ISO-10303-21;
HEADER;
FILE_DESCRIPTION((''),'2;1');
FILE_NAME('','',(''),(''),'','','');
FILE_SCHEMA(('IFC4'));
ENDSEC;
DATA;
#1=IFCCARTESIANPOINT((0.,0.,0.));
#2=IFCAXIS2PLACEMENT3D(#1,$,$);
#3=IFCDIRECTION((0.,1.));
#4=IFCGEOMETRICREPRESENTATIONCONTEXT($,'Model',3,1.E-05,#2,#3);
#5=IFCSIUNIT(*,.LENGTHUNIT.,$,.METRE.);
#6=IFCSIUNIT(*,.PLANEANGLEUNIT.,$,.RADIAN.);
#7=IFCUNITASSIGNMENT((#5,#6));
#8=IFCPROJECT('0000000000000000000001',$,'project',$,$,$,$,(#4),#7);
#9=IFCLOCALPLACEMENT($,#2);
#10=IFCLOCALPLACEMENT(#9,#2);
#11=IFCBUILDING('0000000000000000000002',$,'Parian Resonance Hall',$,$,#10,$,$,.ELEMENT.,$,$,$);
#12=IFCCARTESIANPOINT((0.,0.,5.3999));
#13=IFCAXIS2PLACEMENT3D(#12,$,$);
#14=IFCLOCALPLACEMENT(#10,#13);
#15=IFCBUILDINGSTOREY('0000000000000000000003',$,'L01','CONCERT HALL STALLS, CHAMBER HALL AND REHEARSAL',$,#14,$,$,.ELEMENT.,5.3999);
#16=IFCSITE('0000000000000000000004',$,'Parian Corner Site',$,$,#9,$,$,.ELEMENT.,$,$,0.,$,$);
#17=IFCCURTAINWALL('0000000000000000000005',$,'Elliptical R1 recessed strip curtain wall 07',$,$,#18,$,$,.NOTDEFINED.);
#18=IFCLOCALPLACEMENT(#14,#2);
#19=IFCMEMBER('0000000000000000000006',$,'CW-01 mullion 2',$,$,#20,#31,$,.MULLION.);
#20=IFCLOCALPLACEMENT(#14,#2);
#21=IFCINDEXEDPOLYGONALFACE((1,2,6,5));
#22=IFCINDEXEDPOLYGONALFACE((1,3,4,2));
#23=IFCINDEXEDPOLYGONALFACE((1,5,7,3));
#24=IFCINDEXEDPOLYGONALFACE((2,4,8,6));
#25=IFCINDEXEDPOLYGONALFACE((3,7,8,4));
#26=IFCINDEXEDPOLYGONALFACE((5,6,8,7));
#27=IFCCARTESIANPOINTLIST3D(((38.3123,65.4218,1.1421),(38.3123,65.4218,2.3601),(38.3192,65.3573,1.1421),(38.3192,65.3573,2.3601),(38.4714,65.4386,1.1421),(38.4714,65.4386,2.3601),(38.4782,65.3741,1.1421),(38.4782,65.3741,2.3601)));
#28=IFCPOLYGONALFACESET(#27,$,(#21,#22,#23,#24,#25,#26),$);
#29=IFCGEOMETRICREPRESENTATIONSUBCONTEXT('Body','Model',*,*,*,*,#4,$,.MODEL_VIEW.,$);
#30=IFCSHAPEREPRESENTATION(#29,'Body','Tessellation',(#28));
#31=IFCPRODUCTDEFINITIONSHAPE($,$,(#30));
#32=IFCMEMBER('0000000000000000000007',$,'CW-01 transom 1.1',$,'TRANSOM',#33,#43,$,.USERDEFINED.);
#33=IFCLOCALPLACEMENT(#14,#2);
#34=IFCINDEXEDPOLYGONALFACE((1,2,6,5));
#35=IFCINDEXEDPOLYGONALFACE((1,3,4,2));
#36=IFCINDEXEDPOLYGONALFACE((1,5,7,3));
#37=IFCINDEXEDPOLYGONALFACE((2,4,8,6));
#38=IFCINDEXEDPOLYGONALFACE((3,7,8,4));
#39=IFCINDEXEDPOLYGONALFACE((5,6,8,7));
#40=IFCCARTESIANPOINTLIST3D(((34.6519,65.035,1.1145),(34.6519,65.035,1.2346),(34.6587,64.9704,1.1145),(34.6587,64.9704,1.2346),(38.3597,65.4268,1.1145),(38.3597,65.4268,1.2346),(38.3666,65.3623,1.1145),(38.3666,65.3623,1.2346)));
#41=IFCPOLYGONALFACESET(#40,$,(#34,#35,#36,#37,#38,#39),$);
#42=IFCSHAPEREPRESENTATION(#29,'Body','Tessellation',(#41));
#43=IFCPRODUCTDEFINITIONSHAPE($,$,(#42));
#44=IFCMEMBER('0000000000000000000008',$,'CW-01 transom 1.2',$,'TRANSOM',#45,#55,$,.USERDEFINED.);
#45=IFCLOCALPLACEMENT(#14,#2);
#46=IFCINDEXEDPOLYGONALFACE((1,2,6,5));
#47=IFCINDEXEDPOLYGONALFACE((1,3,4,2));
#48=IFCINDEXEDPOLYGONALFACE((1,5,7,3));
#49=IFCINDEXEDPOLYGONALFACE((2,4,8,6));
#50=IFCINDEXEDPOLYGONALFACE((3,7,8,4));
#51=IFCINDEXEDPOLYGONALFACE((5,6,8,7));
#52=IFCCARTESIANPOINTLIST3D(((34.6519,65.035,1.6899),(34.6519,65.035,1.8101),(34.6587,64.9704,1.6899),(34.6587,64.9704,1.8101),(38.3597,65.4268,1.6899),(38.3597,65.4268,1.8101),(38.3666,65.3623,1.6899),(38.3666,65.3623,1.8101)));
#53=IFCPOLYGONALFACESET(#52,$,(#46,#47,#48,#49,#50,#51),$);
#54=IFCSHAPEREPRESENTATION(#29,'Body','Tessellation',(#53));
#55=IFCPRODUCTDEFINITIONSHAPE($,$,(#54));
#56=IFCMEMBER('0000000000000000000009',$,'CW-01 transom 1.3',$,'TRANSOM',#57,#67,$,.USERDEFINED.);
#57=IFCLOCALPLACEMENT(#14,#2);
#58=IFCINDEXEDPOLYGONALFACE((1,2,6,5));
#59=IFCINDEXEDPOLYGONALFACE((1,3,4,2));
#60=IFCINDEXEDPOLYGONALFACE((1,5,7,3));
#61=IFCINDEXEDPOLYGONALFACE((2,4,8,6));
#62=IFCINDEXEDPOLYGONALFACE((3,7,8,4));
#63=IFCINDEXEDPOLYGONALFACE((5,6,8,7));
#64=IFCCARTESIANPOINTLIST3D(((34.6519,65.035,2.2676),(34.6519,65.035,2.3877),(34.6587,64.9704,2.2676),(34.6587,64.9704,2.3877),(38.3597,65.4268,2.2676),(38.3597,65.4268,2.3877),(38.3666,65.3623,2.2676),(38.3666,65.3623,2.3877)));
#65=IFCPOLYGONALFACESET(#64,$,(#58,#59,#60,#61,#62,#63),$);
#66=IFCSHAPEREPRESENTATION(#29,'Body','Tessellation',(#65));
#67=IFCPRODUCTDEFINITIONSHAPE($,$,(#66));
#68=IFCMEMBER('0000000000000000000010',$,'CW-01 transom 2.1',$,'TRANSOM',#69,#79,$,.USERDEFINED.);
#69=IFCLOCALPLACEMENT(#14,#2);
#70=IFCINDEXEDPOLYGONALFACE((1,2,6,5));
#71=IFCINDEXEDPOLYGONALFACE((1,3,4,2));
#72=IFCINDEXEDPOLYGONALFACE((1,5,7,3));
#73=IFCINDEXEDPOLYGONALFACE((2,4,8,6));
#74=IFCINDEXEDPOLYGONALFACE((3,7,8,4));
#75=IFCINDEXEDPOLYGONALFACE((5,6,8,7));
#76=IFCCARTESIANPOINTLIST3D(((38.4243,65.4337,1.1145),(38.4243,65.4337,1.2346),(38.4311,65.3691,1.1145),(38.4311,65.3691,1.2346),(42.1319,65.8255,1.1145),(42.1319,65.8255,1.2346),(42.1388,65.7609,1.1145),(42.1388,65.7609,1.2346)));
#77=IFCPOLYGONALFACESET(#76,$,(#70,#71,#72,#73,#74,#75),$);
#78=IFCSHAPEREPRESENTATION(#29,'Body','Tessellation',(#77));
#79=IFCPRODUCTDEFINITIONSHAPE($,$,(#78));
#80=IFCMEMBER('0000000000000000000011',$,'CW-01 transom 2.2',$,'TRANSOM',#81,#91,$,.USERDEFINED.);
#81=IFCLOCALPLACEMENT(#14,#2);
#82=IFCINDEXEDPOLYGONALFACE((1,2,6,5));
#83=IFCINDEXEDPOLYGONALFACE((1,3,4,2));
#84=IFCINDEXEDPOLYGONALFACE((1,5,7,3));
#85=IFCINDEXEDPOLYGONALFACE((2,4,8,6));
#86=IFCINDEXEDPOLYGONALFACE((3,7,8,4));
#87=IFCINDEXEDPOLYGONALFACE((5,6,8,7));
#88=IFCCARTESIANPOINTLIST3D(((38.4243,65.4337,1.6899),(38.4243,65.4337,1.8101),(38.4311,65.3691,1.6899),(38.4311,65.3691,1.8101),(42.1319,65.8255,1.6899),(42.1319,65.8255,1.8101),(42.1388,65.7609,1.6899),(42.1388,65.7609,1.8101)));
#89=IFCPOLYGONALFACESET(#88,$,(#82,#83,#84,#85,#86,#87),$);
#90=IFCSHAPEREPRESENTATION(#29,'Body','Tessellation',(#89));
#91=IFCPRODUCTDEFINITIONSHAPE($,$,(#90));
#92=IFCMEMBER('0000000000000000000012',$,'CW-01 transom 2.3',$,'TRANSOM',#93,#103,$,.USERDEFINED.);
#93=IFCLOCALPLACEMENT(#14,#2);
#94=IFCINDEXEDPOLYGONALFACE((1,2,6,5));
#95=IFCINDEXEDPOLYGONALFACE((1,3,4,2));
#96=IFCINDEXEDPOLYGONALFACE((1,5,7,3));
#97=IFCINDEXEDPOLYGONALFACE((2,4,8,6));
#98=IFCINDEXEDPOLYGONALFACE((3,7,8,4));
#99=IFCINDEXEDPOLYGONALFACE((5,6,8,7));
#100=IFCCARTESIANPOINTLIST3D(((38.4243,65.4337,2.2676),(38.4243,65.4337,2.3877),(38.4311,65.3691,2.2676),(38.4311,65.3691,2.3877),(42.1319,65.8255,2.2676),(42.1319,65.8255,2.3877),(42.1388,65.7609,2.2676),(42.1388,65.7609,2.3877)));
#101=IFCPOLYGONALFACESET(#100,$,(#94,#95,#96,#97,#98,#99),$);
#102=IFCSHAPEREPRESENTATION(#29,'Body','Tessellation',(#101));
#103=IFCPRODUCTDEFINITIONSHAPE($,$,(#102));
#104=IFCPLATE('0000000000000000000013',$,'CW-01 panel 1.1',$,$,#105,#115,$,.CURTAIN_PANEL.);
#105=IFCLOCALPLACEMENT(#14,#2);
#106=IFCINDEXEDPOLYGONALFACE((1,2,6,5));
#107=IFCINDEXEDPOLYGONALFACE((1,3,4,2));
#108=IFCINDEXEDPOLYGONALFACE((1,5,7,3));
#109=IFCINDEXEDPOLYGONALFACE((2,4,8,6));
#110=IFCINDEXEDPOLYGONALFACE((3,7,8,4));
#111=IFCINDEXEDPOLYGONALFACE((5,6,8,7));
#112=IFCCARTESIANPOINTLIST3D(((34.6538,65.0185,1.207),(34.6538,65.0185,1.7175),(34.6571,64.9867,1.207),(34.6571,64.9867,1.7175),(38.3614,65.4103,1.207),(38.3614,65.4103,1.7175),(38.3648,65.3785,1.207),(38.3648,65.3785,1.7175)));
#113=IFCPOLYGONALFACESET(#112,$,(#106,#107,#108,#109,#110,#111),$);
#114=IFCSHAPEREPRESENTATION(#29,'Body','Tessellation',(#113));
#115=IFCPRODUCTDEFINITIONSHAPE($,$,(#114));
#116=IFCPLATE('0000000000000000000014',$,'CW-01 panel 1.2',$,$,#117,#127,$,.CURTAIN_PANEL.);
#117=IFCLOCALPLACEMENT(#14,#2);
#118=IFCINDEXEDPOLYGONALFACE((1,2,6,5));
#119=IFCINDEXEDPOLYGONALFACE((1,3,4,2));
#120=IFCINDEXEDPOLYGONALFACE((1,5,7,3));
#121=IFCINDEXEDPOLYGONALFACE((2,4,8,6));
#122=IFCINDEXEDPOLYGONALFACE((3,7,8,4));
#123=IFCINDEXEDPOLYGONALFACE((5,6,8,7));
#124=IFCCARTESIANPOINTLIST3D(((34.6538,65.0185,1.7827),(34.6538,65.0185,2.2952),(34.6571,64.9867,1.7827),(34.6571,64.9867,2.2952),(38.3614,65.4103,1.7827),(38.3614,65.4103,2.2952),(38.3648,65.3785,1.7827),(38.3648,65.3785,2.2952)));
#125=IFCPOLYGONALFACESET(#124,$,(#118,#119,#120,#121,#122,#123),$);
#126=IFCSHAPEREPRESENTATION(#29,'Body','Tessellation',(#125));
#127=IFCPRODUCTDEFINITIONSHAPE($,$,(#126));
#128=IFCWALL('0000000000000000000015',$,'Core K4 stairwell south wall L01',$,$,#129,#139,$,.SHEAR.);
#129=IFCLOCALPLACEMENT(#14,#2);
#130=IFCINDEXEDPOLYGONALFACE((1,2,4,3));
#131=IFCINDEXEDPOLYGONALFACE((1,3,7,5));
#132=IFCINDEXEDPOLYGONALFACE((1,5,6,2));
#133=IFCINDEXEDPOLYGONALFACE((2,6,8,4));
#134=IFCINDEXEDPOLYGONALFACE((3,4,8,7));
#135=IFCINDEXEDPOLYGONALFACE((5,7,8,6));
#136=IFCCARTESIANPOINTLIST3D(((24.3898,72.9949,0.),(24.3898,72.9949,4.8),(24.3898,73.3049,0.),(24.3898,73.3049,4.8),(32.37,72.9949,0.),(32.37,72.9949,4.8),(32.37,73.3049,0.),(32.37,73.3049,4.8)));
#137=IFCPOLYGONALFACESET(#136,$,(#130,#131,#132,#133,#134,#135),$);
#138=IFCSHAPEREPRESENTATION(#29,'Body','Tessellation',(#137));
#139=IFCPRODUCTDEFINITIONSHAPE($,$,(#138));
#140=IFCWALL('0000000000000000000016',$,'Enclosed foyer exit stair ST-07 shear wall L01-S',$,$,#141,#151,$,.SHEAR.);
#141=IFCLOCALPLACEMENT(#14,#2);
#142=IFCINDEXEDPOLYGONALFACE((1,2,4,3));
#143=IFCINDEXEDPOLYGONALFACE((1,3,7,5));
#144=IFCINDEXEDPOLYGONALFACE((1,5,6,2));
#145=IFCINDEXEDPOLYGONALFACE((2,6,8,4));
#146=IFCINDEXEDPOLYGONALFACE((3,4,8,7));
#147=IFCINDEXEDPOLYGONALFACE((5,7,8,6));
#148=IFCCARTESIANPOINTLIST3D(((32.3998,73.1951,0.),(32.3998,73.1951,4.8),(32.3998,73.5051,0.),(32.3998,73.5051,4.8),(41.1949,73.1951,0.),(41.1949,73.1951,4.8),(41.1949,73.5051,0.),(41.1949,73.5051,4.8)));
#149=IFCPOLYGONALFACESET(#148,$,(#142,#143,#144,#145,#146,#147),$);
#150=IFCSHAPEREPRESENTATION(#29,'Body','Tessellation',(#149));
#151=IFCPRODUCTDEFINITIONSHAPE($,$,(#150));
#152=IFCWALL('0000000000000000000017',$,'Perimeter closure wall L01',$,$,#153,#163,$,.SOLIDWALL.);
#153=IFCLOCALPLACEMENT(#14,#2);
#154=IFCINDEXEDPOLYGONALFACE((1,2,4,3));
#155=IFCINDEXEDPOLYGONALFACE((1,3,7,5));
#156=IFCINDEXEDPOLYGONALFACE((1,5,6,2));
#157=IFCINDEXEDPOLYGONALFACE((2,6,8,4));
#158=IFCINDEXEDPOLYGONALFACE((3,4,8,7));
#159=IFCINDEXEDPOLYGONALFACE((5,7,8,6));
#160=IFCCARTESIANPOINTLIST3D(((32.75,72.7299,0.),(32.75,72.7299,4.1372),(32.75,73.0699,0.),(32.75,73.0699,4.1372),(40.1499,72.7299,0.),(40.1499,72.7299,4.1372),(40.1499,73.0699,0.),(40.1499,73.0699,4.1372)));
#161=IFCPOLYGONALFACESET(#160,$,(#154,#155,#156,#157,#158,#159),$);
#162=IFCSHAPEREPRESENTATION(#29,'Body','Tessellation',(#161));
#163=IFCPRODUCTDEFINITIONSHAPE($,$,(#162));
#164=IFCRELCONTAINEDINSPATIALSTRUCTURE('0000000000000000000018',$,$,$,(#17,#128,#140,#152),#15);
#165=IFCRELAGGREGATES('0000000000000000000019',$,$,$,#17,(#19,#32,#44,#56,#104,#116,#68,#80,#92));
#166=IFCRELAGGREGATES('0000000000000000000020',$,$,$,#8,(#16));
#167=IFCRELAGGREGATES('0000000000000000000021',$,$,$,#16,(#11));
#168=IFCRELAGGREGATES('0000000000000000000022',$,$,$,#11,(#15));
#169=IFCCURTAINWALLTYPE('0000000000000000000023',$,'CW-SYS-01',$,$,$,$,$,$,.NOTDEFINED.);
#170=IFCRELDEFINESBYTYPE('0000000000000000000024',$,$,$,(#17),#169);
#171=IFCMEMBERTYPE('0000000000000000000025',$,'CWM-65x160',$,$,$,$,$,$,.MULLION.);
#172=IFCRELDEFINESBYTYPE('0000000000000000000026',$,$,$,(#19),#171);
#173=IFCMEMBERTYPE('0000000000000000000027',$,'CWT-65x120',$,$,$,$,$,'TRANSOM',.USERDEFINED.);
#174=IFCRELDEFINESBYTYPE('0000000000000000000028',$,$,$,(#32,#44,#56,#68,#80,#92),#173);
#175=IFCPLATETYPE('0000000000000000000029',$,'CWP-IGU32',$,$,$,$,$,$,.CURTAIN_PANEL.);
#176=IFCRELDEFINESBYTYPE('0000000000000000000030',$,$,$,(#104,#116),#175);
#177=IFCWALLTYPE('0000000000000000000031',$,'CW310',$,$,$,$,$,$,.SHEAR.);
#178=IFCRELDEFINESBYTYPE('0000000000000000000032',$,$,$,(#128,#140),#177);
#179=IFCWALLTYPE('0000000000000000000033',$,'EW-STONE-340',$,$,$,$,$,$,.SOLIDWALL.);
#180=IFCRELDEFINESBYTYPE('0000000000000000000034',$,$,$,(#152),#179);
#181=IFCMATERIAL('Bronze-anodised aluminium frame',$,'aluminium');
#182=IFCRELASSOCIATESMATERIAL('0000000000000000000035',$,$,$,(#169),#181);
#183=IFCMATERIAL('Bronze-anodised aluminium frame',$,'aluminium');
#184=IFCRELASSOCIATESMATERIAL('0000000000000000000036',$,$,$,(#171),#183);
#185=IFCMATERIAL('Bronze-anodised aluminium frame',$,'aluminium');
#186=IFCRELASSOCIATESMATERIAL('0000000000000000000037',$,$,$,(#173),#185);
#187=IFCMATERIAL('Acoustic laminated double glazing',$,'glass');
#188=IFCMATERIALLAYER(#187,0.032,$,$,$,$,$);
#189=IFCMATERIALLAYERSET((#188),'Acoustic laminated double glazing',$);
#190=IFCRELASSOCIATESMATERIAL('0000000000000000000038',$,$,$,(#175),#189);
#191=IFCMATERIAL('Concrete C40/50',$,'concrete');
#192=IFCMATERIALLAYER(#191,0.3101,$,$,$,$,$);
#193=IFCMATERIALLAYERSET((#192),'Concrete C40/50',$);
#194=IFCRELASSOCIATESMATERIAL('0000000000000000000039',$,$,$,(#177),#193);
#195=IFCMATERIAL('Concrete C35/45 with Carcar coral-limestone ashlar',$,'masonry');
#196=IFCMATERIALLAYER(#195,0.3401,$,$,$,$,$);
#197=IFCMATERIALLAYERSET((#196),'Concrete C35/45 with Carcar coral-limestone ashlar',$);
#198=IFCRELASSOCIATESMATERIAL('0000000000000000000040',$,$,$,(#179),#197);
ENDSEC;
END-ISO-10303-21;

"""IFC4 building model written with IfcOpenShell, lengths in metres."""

from ifc_helpers import new_model, si_unit, direction, frame, frame_2d, origin, origin_2d, place, context, subcontext, project, spatial, rectangle, extrude, material, layer, layer_set, material_profile, profile_set, type_object, element, aggregate, save


model = new_model("IFC4")

# Units and contexts
model_context = context("Model", 3, precision=1e-05, world=origin(), true_north=direction((0.0, 1.0)))
body_context = subcontext(model_context, "Body", "Model", "MODEL_VIEW")
ifc_project = project(units=[si_unit("LENGTHUNIT", "METRE"), si_unit("PLANEANGLEUNIT", "RADIAN")], contexts=[model_context])

# Site, building, storey
site_placement = place(None, origin())
site = spatial("IfcSite", under=ifc_project, at=site_placement, Name="Parian Corner Site", CompositionType="ELEMENT", RefElevation=0.0)
building_placement = place(site_placement, origin())
building = spatial("IfcBuilding", under=site, at=building_placement, Name="Parian Resonance Hall", CompositionType="ELEMENT")
storey_placement = place(building_placement, frame((0.0, 0.0, 5.3999)))
storey = spatial("IfcBuildingStorey", under=building, at=storey_placement, Name="L01", Description="CONCERT HALL STALLS, CHAMBER HALL AND REHEARSAL", CompositionType="ELEMENT", Elevation=5.3999)

# Curtain wall, members, plates
ifc_material_1 = material(Name="Bronze-anodised aluminium frame", Category="aluminium")
curtain_wall_type = type_object("IfcCurtainWallType", Name="CW-SYS-01", PredefinedType="NOTDEFINED", material=ifc_material_1)
curtain_wall_placement = place(storey_placement, origin())
curtain_wall = element("IfcCurtainWall", 1, at=curtain_wall_placement, inside=storey, type_object=curtain_wall_type, Name="Elliptical R1 recessed strip curtain wall 07", PredefinedType="NOTDEFINED")
ifc_material_2 = material(Name="Bronze-anodised aluminium frame", Category="aluminium")
ifc_material_profile_1 = material_profile(ifc_material_2, rectangle(XDim=0.0649, YDim=0.1599, at=origin_2d()), Name="CWM-65x160")
ifc_profile_set_1 = profile_set([ifc_material_profile_1], Name="Bronze-anodised aluminium frame")
member_type_1 = type_object("IfcMemberType", Name="CWM-65x160", PredefinedType="MULLION", material=ifc_profile_set_1)
member_1_placement = place(storey_placement, frame((38.3953, 65.3979, 1.1421), z_axis=(0.0, 0.0, 1.0), x_axis=(-0.105101, 0.994462, 0.0)))
member_1 = element("IfcMember", 2, at=member_1_placement, type_object=member_type_1, Name="CW-01 mullion 2", PredefinedType="MULLION", context=body_context, shape_type="SweptSolid", body=[
    extrude(rectangle(XDim=0.0649, YDim=0.1599, at=origin_2d()), origin(), (0.0, 0.0, 1.0), 1.218),
])
ifc_material_3 = material(Name="Bronze-anodised aluminium frame", Category="aluminium")
ifc_material_profile_2 = material_profile(ifc_material_3, rectangle(XDim=0.0649, YDim=0.1201, at=origin_2d()), Name="CWT-65x120")
ifc_profile_set_2 = profile_set([ifc_material_profile_2], Name="Bronze-anodised aluminium frame")
member_type_2 = type_object("IfcMemberType", Name="CWT-65x120", ElementType="TRANSOM", PredefinedType="USERDEFINED", material=ifc_profile_set_2)
member_2_placement = place(storey_placement, frame((34.6553, 65.0027, 1.1746), z_axis=(0.994462, 0.105097, 0.0), x_axis=(-0.105097, 0.994462, 0.0)))
member_2 = element("IfcMember", 3, at=member_2_placement, type_object=member_type_2, Name="CW-01 transom 1.1", ObjectType="TRANSOM", PredefinedType="USERDEFINED", context=body_context, shape_type="SweptSolid", body=[
    extrude(rectangle(XDim=0.0649, YDim=0.1201, at=origin_2d()), origin(), (0.0, 0.0, 1.0), 3.7285),
])
member_3_placement = place(storey_placement, frame((34.6553, 65.0027, 1.75), z_axis=(0.994462, 0.105097, 0.0), x_axis=(-0.105097, 0.994462, 0.0)))
member_3 = element("IfcMember", 4, at=member_3_placement, type_object=member_type_2, Name="CW-01 transom 1.2", ObjectType="TRANSOM", PredefinedType="USERDEFINED", context=body_context, shape_type="SweptSolid", body=[
    extrude(rectangle(XDim=0.0649, YDim=0.1201, at=origin_2d()), origin(), (0.0, 0.0, 1.0), 3.7285),
])
member_4_placement = place(storey_placement, frame((34.6553, 65.0027, 2.3276), z_axis=(0.994462, 0.105097, 0.0), x_axis=(-0.105097, 0.994462, 0.0)))
member_4 = element("IfcMember", 5, at=member_4_placement, type_object=member_type_2, Name="CW-01 transom 1.3", ObjectType="TRANSOM", PredefinedType="USERDEFINED", context=body_context, shape_type="SweptSolid", body=[
    extrude(rectangle(XDim=0.0649, YDim=0.1201, at=origin_2d()), origin(), (0.0, 0.0, 1.0), 3.7285),
])
member_5_placement = place(storey_placement, frame((38.4277, 65.4014, 1.1746), z_axis=(0.994461, 0.105104, 0.0), x_axis=(-0.105104, 0.994461, 0.0)))
member_5 = element("IfcMember", 6, at=member_5_placement, type_object=member_type_2, Name="CW-01 transom 2.1", ObjectType="TRANSOM", PredefinedType="USERDEFINED", context=body_context, shape_type="SweptSolid", body=[
    extrude(rectangle(XDim=0.0649, YDim=0.1201, at=origin_2d()), origin(), (0.0, 0.0, 1.0), 3.7283),
])
member_6_placement = place(storey_placement, frame((38.4277, 65.4014, 1.75), z_axis=(0.994461, 0.105104, 0.0), x_axis=(-0.105104, 0.994461, 0.0)))
member_6 = element("IfcMember", 7, at=member_6_placement, type_object=member_type_2, Name="CW-01 transom 2.2", ObjectType="TRANSOM", PredefinedType="USERDEFINED", context=body_context, shape_type="SweptSolid", body=[
    extrude(rectangle(XDim=0.0649, YDim=0.1201, at=origin_2d()), origin(), (0.0, 0.0, 1.0), 3.7283),
])
member_7_placement = place(storey_placement, frame((38.4277, 65.4014, 2.3276), z_axis=(0.994461, 0.105104, 0.0), x_axis=(-0.105104, 0.994461, 0.0)))
member_7 = element("IfcMember", 8, at=member_7_placement, type_object=member_type_2, Name="CW-01 transom 2.3", ObjectType="TRANSOM", PredefinedType="USERDEFINED", context=body_context, shape_type="SweptSolid", body=[
    extrude(rectangle(XDim=0.0649, YDim=0.1201, at=origin_2d()), origin(), (0.0, 0.0, 1.0), 3.7283),
])
ifc_material_4 = material(Name="Acoustic laminated double glazing", Category="glass")
ifc_layer_1 = layer(ifc_material_4, 0.032)
ifc_layer_set_1 = layer_set([ifc_layer_1], Name="Acoustic laminated double glazing")
plate_type = type_object("IfcPlateType", Name="CWP-IGU32", PredefinedType="CURTAIN_PANEL", material=ifc_layer_set_1)
plate_1_placement = place(storey_placement, frame((36.5093, 65.1985, 1.207), z_axis=(0.0, 0.0, 1.0), x_axis=(0.994462, 0.105101, 0.0)))
plate_1 = element("IfcPlate", 9, at=plate_1_placement, type_object=plate_type, Name="CW-01 panel 1.1", PredefinedType="CURTAIN_PANEL", context=body_context, shape_type="SweptSolid", body=[
    extrude(rectangle(XDim=3.7283, YDim=0.032, at=origin_2d()), origin(), (0.0, 0.0, 1.0), 0.5105),
])
plate_2_placement = place(storey_placement, frame((36.5093, 65.1985, 1.7827), z_axis=(0.0, 0.0, 1.0), x_axis=(0.994462, 0.105101, 0.0)))
plate_2 = element("IfcPlate", 10, at=plate_2_placement, type_object=plate_type, Name="CW-01 panel 1.2", PredefinedType="CURTAIN_PANEL", context=body_context, shape_type="SweptSolid", body=[
    extrude(rectangle(XDim=3.7283, YDim=0.032, at=origin_2d()), origin(), (0.0, 0.0, 1.0), 0.5125),
])
aggregate(curtain_wall, [member_1, member_2, member_3, member_4, plate_1, plate_2, member_5, member_6, member_7])

# Walls
ifc_material_5 = material(Name="Concrete C40/50", Category="concrete")
ifc_layer_2 = layer(ifc_material_5, 0.3101)
ifc_layer_set_2 = layer_set([ifc_layer_2], Name="Concrete C40/50")
wall_type_1 = type_object("IfcWallType", Name="CW310", PredefinedType="SHEAR", material=ifc_layer_set_2)
wall_1_placement = place(storey_placement, frame((32.3701, 73.1499, 0.0), z_axis=(0.0, 0.0, 1.0), x_axis=(-1.0, 0.0, 0.0)))
element("IfcWall", 11, at=wall_1_placement, inside=storey, type_object=wall_type_1, Name="Core K4 stairwell south wall L01", PredefinedType="SHEAR", context=body_context, shape_type="SweptSolid", body=[
    extrude(rectangle(XDim=7.9802, YDim=0.3101, at=frame_2d((3.9902, 0.0))), origin(), (0.0, 0.0, 1.0), 4.8),
])
wall_2_placement = place(storey_placement, frame((32.3999, 73.3501, 0.0), z_axis=(0.0, 0.0, 1.0), x_axis=(1.0, 0.0, 0.0)))
element("IfcWall", 12, at=wall_2_placement, inside=storey, type_object=wall_type_1, Name="Enclosed foyer exit stair ST-07 shear wall L01-S", PredefinedType="SHEAR", context=body_context, shape_type="SweptSolid", body=[
    extrude(rectangle(XDim=8.7952, YDim=0.3101, at=frame_2d((4.3975, 0.0))), origin(), (0.0, 0.0, 1.0), 4.8),
])
ifc_material_6 = material(Name="Concrete C35/45 with Carcar coral-limestone ashlar", Category="masonry")
ifc_layer_3 = layer(ifc_material_6, 0.3401)
ifc_layer_set_3 = layer_set([ifc_layer_3], Name="Concrete C35/45 with Carcar coral-limestone ashlar")
wall_type_2 = type_object("IfcWallType", Name="EW-STONE-340", PredefinedType="SOLIDWALL", material=ifc_layer_set_3)
wall_3_placement = place(storey_placement, frame((32.75, 72.8999, 0.0), z_axis=(0.0, 0.0, 1.0), x_axis=(1.0, 0.0, 0.0)))
element("IfcWall", 13, at=wall_3_placement, inside=storey, type_object=wall_type_2, Name="Perimeter closure wall L01", PredefinedType="SOLIDWALL", context=body_context, shape_type="SweptSolid", body=[
    extrude(rectangle(XDim=7.3999, YDim=0.3401, at=frame_2d((3.7, 0.0))), origin(), (0.0, 0.0, 1.0), 4.1372),
])

save(model, "model.ifc")
